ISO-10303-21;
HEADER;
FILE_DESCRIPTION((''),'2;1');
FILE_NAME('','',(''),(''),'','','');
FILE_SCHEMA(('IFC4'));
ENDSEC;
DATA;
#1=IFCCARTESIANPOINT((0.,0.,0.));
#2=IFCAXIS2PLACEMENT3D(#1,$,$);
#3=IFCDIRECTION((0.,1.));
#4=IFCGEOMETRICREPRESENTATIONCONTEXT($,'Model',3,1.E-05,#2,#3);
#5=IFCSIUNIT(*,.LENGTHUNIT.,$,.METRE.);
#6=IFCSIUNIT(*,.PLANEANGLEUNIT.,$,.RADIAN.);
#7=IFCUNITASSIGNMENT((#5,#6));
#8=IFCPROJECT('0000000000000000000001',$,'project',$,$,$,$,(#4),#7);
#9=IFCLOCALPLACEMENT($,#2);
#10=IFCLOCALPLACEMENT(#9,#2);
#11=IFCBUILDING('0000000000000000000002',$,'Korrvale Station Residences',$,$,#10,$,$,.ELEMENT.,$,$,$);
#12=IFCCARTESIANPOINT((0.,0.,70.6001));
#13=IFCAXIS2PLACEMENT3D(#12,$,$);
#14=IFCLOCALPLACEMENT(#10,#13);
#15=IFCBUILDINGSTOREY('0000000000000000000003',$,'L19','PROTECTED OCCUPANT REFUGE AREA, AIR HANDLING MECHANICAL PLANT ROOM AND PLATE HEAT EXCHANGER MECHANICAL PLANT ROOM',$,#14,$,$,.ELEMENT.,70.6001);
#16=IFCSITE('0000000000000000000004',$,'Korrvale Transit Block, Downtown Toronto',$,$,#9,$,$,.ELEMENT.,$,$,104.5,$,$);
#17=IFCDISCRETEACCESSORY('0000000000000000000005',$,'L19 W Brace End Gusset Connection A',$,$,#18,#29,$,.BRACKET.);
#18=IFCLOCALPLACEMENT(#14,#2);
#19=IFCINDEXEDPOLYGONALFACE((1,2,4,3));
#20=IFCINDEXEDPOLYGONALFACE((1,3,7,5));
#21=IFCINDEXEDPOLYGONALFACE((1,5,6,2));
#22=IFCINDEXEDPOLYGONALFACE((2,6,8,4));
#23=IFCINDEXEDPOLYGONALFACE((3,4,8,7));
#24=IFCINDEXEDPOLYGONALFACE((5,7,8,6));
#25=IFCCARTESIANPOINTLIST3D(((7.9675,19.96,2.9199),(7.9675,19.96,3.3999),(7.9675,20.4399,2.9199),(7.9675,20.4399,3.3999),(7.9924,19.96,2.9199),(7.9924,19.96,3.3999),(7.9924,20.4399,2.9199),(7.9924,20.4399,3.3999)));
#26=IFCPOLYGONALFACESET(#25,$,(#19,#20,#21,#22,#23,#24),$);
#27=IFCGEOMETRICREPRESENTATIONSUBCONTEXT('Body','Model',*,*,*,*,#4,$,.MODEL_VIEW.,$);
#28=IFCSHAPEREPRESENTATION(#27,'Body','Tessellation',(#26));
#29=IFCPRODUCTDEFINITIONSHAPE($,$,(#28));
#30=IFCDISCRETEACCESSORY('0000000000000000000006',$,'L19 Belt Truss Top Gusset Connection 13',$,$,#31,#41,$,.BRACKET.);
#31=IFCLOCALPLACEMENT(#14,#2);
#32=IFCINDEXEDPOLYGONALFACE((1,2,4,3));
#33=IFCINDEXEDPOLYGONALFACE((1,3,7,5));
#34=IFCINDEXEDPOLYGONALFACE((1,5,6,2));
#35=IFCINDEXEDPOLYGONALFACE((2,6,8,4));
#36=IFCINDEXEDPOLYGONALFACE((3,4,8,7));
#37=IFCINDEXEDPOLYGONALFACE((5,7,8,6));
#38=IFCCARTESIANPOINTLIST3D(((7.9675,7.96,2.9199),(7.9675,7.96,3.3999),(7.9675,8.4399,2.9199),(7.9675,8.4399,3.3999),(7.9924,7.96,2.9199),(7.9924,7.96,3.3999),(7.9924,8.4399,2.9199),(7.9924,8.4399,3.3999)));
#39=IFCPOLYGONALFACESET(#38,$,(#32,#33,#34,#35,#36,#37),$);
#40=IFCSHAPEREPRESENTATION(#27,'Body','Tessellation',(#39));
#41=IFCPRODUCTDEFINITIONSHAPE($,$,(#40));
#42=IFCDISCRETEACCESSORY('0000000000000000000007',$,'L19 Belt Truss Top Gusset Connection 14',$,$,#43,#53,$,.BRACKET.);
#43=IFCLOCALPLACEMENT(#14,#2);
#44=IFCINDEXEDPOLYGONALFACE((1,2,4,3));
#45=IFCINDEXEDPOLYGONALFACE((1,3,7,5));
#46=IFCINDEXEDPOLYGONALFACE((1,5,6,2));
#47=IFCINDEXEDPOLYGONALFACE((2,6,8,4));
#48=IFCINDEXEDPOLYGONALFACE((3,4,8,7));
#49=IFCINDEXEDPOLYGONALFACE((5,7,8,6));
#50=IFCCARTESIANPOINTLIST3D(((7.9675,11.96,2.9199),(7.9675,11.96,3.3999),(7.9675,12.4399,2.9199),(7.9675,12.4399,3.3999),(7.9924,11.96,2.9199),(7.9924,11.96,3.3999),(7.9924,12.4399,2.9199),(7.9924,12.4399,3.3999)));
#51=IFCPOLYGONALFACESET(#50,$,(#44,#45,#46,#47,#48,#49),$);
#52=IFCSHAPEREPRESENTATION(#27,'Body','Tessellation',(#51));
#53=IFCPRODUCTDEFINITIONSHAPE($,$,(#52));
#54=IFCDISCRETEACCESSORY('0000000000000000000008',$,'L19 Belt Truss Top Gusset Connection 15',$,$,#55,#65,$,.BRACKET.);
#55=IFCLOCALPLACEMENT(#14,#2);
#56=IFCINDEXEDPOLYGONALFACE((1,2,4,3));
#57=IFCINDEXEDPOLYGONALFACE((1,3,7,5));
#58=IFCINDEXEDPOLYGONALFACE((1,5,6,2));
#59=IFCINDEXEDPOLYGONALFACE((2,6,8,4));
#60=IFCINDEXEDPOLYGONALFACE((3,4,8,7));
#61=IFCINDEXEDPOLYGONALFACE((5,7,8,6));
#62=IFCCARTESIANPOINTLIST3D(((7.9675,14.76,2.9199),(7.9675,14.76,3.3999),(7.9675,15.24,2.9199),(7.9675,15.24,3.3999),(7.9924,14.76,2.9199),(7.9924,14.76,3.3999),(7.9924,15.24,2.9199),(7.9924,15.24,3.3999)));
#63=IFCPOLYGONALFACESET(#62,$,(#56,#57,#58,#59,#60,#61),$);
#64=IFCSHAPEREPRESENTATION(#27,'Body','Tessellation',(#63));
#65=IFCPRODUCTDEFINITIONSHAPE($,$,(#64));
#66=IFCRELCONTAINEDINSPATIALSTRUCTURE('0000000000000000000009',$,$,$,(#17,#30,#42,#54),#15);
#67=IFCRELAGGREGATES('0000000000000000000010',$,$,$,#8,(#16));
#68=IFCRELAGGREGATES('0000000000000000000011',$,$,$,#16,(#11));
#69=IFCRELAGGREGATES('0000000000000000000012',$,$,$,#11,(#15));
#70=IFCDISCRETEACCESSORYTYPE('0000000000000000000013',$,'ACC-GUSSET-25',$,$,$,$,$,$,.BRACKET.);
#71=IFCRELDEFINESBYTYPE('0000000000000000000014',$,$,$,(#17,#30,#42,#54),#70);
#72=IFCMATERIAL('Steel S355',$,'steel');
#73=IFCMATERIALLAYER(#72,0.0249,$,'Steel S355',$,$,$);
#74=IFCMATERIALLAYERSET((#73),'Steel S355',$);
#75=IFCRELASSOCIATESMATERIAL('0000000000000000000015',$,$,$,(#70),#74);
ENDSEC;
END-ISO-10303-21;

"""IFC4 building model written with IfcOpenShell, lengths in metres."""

from ifc_helpers import new_model, si_unit, direction, frame, origin, origin_2d, place, context, subcontext, project, spatial, rectangle, extrude, material, layer, layer_set, type_object, element, save


model = new_model("IFC4")

# Units and contexts
model_context = context("Model", 3, precision=1e-05, world=origin(), true_north=direction((0.0, 1.0)))
body_context = subcontext(model_context, "Body", "Model", "MODEL_VIEW")
ifc_project = project(units=[si_unit("LENGTHUNIT", "METRE"), si_unit("PLANEANGLEUNIT", "RADIAN")], contexts=[model_context])

# Site, building, storey
site_placement = place(None, origin())
site = spatial("IfcSite", under=ifc_project, at=site_placement, Name="Korrvale Transit Block, Downtown Toronto", CompositionType="ELEMENT", RefElevation=104.5)
building_placement = place(site_placement, origin())
building = spatial("IfcBuilding", under=site, at=building_placement, Name="Korrvale Station Residences", CompositionType="ELEMENT")
storey_placement = place(building_placement, frame((0.0, 0.0, 70.6001)))
storey = spatial("IfcBuildingStorey", under=building, at=storey_placement, Name="L19", Description="PROTECTED OCCUPANT REFUGE AREA, AIR HANDLING MECHANICAL PLANT ROOM AND PLATE HEAT EXCHANGER MECHANICAL PLANT ROOM", CompositionType="ELEMENT", Elevation=70.6001)

# Shared definitions
ifc_material_1 = material(Name="Steel S355", Category="steel")

# Discrete accessories
ifc_layer_1 = layer(ifc_material_1, 0.0249, Name="Steel S355")
ifc_layer_set_1 = layer_set([ifc_layer_1], Name="Steel S355")
discrete_accessory_type = type_object("IfcDiscreteAccessoryType", Name="ACC-GUSSET-25", PredefinedType="BRACKET", material=ifc_layer_set_1)
for number, where, z_axis, x_axis, name in (
    (1, (7.98, 20.2, 2.9199), (0.0, 0.0, 1.0), (0.0, 1.0, 0.0), "L19 W Brace End Gusset Connection A"),
    (2, (7.98, 8.2, 2.9199), (0.0, 0.0, 1.0), (0.0, 1.0, 0.0), "L19 Belt Truss Top Gusset Connection 13"),
    (3, (7.98, 12.2, 2.9199), (0.0, 0.0, 1.0), (0.0, 1.0, 0.0), "L19 Belt Truss Top Gusset Connection 14"),
    (4, (7.98, 15.0, 2.9199), (0.0, 0.0, 1.0), (0.0, 1.0, 0.0), "L19 Belt Truss Top Gusset Connection 15"),
):
    element("IfcDiscreteAccessory", number, at=place(storey_placement, frame(where, z_axis=z_axis, x_axis=x_axis)), inside=storey, type_object=discrete_accessory_type, Name=name, PredefinedType="BRACKET", context=body_context, shape_type="SweptSolid", body=[
        extrude(rectangle(XDim=0.48, YDim=0.0249, at=origin_2d()), origin(), (0.0, 0.0, 1.0), 0.48),
    ])

save(model, "model.ifc")
